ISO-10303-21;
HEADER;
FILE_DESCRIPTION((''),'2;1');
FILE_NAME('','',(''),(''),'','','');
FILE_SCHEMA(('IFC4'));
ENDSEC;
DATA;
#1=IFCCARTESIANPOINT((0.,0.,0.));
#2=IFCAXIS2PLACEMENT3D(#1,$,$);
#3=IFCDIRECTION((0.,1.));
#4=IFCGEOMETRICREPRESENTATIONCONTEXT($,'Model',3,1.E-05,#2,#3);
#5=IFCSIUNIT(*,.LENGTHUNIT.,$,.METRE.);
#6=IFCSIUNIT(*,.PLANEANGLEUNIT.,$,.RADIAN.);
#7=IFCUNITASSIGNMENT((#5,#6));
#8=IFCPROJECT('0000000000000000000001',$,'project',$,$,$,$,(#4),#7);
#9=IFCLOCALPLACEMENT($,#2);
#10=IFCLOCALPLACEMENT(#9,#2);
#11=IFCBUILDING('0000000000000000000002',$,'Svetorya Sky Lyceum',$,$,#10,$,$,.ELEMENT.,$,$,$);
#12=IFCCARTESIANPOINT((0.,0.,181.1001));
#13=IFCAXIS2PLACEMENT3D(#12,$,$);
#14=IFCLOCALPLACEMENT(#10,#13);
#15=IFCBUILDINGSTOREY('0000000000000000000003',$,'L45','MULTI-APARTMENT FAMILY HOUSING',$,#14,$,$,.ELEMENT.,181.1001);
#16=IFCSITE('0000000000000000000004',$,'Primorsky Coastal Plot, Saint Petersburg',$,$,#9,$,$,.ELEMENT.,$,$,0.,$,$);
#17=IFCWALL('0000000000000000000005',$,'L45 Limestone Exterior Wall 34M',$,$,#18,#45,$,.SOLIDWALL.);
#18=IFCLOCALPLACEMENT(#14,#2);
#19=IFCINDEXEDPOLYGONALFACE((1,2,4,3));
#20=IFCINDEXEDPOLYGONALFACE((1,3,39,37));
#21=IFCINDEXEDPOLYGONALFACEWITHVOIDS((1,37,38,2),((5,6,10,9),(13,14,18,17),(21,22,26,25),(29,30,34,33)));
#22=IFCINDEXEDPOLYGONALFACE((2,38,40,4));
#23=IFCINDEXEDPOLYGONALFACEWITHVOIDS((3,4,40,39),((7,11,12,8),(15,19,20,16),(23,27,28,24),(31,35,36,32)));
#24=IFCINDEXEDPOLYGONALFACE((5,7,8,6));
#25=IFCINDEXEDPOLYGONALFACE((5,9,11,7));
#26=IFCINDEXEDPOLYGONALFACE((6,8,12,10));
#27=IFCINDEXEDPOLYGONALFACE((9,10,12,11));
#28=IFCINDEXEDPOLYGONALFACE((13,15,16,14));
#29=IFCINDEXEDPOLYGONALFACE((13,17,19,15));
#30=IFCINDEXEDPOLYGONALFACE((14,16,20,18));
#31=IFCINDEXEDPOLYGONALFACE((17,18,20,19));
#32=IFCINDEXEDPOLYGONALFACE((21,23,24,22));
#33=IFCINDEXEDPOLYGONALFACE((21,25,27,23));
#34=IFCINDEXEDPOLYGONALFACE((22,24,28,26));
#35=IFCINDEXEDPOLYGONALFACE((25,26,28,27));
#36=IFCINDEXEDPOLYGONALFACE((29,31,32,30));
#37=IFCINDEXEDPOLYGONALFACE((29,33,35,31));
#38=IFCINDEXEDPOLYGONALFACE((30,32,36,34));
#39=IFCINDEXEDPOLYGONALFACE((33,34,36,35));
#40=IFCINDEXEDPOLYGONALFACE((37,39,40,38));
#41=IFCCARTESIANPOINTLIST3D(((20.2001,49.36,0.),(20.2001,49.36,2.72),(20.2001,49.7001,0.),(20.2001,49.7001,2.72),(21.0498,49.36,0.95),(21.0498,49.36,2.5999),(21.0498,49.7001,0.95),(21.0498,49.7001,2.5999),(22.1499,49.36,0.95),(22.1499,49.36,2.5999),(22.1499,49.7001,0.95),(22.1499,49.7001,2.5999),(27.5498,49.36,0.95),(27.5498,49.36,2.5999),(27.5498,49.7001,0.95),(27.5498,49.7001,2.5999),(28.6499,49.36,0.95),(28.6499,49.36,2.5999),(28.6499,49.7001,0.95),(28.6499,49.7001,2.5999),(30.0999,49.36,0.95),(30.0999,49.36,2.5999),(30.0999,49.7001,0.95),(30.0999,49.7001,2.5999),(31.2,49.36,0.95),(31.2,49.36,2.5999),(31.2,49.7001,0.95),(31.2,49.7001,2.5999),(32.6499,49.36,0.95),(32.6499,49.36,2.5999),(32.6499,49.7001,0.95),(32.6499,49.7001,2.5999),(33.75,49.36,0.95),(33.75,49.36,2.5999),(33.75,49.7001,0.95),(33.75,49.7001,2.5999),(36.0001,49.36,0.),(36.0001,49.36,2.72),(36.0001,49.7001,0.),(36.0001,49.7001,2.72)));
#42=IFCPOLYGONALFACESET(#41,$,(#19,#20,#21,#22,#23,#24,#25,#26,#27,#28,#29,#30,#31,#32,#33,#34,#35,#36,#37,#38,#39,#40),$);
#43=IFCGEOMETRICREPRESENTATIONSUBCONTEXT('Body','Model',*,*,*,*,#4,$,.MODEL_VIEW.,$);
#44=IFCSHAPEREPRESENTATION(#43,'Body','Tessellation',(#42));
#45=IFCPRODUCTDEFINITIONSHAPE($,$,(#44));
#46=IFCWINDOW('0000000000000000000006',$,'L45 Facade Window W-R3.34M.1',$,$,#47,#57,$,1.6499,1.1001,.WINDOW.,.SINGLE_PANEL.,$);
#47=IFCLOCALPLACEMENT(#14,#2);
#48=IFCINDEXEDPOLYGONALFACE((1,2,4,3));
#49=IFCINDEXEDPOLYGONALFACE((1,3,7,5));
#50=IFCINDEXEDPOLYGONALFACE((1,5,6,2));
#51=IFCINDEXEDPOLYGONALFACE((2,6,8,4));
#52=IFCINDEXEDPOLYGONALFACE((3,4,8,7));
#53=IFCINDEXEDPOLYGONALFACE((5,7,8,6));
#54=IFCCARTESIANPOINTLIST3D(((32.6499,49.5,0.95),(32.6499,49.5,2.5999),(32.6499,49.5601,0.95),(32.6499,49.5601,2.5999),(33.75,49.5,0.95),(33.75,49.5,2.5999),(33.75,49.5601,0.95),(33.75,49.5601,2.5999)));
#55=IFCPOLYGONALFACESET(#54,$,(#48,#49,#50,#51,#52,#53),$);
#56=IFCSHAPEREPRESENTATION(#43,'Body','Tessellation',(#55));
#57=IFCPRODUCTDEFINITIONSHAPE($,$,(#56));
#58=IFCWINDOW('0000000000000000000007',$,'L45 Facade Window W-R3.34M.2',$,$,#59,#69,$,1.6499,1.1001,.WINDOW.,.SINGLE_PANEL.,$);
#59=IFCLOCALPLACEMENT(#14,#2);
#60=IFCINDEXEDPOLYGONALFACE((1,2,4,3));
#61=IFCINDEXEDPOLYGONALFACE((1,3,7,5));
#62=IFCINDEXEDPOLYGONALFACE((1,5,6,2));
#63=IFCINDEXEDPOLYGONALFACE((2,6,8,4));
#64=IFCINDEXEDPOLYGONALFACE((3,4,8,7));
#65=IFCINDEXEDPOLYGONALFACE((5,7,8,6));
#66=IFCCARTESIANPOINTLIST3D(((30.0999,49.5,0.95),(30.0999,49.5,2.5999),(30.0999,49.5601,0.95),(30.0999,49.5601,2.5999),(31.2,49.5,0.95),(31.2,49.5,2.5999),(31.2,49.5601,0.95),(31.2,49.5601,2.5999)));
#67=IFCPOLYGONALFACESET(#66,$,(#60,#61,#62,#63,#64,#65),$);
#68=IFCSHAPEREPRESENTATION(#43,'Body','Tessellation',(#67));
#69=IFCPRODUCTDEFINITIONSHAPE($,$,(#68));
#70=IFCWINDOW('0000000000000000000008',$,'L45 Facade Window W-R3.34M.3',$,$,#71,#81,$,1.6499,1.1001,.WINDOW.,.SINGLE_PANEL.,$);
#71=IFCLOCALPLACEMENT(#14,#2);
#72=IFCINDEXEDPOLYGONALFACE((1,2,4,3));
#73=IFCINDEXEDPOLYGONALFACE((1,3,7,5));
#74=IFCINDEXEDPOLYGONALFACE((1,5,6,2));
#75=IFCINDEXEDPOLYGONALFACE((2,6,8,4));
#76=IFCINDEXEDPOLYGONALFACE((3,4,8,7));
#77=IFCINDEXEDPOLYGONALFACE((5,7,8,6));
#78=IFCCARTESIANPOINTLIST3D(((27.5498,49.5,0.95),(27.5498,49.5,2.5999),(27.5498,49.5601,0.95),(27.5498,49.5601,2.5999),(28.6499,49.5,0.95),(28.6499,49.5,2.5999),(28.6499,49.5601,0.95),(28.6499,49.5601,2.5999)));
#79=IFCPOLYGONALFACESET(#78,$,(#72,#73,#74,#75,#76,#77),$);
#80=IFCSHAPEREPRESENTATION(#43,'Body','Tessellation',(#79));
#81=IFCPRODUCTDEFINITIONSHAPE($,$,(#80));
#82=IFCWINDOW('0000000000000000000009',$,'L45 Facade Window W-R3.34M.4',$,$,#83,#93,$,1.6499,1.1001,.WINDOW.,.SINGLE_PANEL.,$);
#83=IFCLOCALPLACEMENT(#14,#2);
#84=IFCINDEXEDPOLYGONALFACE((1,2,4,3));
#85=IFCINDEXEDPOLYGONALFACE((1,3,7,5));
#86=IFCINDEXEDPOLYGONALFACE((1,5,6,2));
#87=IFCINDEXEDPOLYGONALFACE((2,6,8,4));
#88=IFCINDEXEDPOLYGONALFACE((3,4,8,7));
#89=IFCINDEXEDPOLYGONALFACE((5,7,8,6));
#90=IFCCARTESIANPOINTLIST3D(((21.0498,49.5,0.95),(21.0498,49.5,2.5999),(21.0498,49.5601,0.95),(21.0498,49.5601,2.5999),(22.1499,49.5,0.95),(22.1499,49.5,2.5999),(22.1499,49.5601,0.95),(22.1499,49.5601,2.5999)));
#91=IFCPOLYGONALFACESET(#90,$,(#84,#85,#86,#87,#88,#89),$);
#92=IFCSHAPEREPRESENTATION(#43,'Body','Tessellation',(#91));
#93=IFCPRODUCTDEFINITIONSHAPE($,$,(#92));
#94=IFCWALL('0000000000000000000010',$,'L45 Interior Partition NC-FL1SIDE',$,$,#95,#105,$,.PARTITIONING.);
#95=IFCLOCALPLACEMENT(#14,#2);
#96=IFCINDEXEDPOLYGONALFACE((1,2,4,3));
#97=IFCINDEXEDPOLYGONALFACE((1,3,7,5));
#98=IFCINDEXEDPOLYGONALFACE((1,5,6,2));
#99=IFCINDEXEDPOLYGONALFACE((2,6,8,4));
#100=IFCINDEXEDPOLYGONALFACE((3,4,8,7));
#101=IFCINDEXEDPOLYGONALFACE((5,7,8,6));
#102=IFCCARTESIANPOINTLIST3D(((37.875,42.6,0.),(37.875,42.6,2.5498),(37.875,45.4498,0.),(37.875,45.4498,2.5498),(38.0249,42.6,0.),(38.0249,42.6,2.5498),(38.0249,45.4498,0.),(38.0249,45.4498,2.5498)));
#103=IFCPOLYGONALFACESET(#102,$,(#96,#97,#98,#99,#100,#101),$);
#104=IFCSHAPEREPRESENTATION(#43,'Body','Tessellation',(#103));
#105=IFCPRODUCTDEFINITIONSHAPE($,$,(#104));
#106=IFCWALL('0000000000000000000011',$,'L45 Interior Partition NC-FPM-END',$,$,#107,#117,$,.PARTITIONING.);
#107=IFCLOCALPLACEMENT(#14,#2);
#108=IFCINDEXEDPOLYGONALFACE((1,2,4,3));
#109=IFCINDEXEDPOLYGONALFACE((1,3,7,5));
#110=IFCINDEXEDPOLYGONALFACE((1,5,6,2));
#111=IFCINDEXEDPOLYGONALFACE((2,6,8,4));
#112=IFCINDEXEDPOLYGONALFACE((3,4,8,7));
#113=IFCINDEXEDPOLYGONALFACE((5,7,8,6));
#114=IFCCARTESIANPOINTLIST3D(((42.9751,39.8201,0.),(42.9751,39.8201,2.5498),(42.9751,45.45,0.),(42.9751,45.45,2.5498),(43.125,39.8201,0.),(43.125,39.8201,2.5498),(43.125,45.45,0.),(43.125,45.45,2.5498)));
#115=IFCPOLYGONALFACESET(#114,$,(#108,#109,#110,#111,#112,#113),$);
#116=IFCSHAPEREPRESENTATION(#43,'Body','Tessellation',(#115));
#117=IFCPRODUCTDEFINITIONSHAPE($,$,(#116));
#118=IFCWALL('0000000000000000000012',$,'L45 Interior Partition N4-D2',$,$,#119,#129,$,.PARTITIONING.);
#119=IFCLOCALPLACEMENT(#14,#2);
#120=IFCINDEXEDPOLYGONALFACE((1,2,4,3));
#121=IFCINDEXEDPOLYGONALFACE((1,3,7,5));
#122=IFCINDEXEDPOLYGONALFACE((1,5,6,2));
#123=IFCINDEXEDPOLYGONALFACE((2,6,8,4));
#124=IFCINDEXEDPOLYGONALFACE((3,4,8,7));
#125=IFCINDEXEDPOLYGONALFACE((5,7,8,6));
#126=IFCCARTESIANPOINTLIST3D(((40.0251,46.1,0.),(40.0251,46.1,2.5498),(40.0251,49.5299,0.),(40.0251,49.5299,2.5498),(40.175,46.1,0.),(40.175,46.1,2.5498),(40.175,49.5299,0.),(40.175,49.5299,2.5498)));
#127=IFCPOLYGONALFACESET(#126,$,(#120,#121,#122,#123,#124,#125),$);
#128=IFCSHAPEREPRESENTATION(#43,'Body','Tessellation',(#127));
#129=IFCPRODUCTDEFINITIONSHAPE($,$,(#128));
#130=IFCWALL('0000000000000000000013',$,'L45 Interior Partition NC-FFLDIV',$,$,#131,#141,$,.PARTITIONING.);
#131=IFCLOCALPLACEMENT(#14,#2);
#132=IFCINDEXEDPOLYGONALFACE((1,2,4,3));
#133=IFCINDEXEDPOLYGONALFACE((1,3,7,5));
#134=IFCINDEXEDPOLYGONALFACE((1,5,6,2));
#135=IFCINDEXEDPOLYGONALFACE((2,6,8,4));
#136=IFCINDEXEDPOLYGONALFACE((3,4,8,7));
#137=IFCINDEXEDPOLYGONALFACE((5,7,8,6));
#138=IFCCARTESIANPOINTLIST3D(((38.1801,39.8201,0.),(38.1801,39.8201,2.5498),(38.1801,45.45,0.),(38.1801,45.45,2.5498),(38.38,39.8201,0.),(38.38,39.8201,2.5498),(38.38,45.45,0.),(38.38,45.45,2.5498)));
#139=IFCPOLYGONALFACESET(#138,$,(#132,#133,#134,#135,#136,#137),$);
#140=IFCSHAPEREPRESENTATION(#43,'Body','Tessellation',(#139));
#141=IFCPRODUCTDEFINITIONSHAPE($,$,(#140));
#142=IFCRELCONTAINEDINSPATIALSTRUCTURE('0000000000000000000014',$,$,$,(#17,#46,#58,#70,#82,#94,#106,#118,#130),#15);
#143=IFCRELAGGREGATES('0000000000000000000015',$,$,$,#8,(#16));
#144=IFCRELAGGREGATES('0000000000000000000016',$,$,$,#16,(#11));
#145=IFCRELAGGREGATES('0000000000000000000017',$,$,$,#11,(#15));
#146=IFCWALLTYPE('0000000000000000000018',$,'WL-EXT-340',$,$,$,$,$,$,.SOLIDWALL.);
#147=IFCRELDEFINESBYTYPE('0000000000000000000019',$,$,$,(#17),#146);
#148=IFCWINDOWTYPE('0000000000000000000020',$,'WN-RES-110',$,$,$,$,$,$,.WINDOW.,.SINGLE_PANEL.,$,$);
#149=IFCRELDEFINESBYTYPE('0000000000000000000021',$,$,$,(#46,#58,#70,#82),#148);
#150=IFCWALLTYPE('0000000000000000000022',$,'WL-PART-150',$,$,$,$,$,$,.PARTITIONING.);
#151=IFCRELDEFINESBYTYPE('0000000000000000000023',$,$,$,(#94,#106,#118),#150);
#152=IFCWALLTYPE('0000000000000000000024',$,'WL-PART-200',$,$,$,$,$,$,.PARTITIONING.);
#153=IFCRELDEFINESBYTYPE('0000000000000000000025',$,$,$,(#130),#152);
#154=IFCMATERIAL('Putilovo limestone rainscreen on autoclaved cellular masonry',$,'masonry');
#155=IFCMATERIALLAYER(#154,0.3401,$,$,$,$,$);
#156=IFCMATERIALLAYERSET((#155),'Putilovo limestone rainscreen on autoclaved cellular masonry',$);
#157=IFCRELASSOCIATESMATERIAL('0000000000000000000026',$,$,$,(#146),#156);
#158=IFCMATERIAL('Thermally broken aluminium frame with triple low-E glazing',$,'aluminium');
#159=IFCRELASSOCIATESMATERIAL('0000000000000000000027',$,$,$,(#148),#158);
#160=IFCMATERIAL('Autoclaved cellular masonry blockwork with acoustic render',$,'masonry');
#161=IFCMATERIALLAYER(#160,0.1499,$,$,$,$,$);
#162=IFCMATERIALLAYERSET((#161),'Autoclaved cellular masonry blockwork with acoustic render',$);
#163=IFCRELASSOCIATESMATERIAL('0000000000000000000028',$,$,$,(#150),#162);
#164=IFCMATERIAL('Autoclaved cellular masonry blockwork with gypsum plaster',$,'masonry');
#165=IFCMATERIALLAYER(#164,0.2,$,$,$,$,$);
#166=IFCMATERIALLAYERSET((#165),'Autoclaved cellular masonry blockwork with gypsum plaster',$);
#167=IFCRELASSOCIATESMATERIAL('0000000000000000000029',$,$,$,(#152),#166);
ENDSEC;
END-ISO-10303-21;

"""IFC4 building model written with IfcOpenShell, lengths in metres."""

from ifc_helpers import new_model, si_unit, direction, frame, frame_2d, origin, place, context, subcontext, project, spatial, rectangle, extrude, material, layer, layer_set, type_object, element, fill, save


model = new_model("IFC4")

# Units and contexts
model_context = context("Model", 3, precision=1e-05, world=origin(), true_north=direction((0.0, 1.0)))
body_context = subcontext(model_context, "Body", "Model", "MODEL_VIEW")
ifc_project = project(units=[si_unit("LENGTHUNIT", "METRE"), si_unit("PLANEANGLEUNIT", "RADIAN")], contexts=[model_context])

# Site, building, storey
site_placement = place(None, origin())
site = spatial("IfcSite", under=ifc_project, at=site_placement, Name="Primorsky Coastal Plot, Saint Petersburg", CompositionType="ELEMENT", RefElevation=0.0)
building_placement = place(site_placement, origin())
building = spatial("IfcBuilding", under=site, at=building_placement, Name="Svetorya Sky Lyceum", CompositionType="ELEMENT")
storey_placement = place(building_placement, frame((0.0, 0.0, 181.1001)))
storey = spatial("IfcBuildingStorey", under=building, at=storey_placement, Name="L45", Description="MULTI-APARTMENT FAMILY HOUSING", CompositionType="ELEMENT", Elevation=181.1001)

# Shared definitions
ifc_material_1 = material(Name="Putilovo limestone rainscreen on autoclaved cellular masonry", Category="masonry")
ifc_layer_1 = layer(ifc_material_1, 0.3401)
ifc_layer_set_1 = layer_set([ifc_layer_1], Name="Putilovo limestone rainscreen on autoclaved cellular masonry")
wall_type_1 = type_object("IfcWallType", Name="WL-EXT-340", PredefinedType="SOLIDWALL", material=ifc_layer_set_1)

# Wall, openings, windows
wall_1_placement = place(storey_placement, frame((36.0, 49.53, 0.0), z_axis=(0.0, 0.0, 1.0), x_axis=(-1.0, 0.0, 0.0)))
wall_1 = element("IfcWall", 1, at=wall_1_placement, inside=storey, type_object=wall_type_1, Name="L45 Limestone Exterior Wall 34M", PredefinedType="SOLIDWALL", context=body_context, shape_type="SweptSolid", body=[
    extrude(rectangle(XDim=15.8, YDim=0.3401, at=frame_2d((7.8999, 0.0))), origin(), (0.0, 0.0, 1.0), 2.72),
])
opening_1_placement = place(wall_1_placement, frame((2.25, 0.0, 0.95)))
opening_1 = element("IfcOpeningElement", 2, at=opening_1_placement, cuts=wall_1, PredefinedType="OPENING", context=body_context, shape_type="SweptSolid", body=[
    extrude(rectangle(XDim=1.1001, YDim=1.6499, at=frame_2d((0.55, 0.825))), frame((0.0, 0.1799, 0.0), z_axis=(0.0, -1.0, 0.0), x_axis=(1.0, 0.0, 0.0)), (0.0, 0.0, 1.0), 0.3601),
])
opening_2_placement = place(wall_1_placement, frame((4.8, 0.0, 0.95)))
opening_2 = element("IfcOpeningElement", 3, at=opening_2_placement, cuts=wall_1, PredefinedType="OPENING", context=body_context, shape_type="SweptSolid", body=[
    extrude(rectangle(XDim=1.1001, YDim=1.6499, at=frame_2d((0.55, 0.825))), frame((0.0, 0.1799, 0.0), z_axis=(0.0, -1.0, 0.0), x_axis=(1.0, 0.0, 0.0)), (0.0, 0.0, 1.0), 0.3601),
])
opening_3_placement = place(wall_1_placement, frame((7.3501, 0.0, 0.95)))
opening_3 = element("IfcOpeningElement", 4, at=opening_3_placement, cuts=wall_1, PredefinedType="OPENING", context=body_context, shape_type="SweptSolid", body=[
    extrude(rectangle(XDim=1.1001, YDim=1.6499, at=frame_2d((0.55, 0.825))), frame((0.0, 0.1799, 0.0), z_axis=(0.0, -1.0, 0.0), x_axis=(1.0, 0.0, 0.0)), (0.0, 0.0, 1.0), 0.3601),
])
opening_4_placement = place(wall_1_placement, frame((13.8501, 0.0, 0.95)))
opening_4 = element("IfcOpeningElement", 5, at=opening_4_placement, cuts=wall_1, PredefinedType="OPENING", context=body_context, shape_type="SweptSolid", body=[
    extrude(rectangle(XDim=1.1001, YDim=1.6499, at=frame_2d((0.55, 0.825))), frame((0.0, 0.1799, 0.0), z_axis=(0.0, -1.0, 0.0), x_axis=(1.0, 0.0, 0.0)), (0.0, 0.0, 1.0), 0.3601),
])
ifc_material_2 = material(Name="Thermally broken aluminium frame with triple low-E glazing", Category="aluminium")
window_type = type_object("IfcWindowType", Name="WN-RES-110", PartitioningType="SINGLE_PANEL", PredefinedType="WINDOW", material=ifc_material_2)
window_1_placement = place(opening_1_placement, origin())
window_1 = element("IfcWindow", 6, at=window_1_placement, inside=storey, type_object=window_type, Name="L45 Facade Window W-R3.34M.1", OverallHeight=1.6499, OverallWidth=1.1001, PartitioningType="SINGLE_PANEL", PredefinedType="WINDOW", context=body_context, shape_type="SweptSolid", body=[
    extrude(rectangle(XDim=1.1001, YDim=1.6499, at=frame_2d((0.55, 0.825))), frame((0.0, 0.03, 0.0), z_axis=(0.0, -1.0, 0.0), x_axis=(1.0, 0.0, 0.0)), (0.0, 0.0, 1.0), 0.0601),
])
fill(opening_1, window_1)
window_2_placement = place(opening_2_placement, origin())
window_2 = element("IfcWindow", 7, at=window_2_placement, inside=storey, type_object=window_type, Name="L45 Facade Window W-R3.34M.2", OverallHeight=1.6499, OverallWidth=1.1001, PartitioningType="SINGLE_PANEL", PredefinedType="WINDOW", context=body_context, shape_type="SweptSolid", body=[
    extrude(rectangle(XDim=1.1001, YDim=1.6499, at=frame_2d((0.55, 0.825))), frame((0.0, 0.03, 0.0), z_axis=(0.0, -1.0, 0.0), x_axis=(1.0, 0.0, 0.0)), (0.0, 0.0, 1.0), 0.0601),
])
fill(opening_2, window_2)
window_3_placement = place(opening_3_placement, origin())
window_3 = element("IfcWindow", 8, at=window_3_placement, inside=storey, type_object=window_type, Name="L45 Facade Window W-R3.34M.3", OverallHeight=1.6499, OverallWidth=1.1001, PartitioningType="SINGLE_PANEL", PredefinedType="WINDOW", context=body_context, shape_type="SweptSolid", body=[
    extrude(rectangle(XDim=1.1001, YDim=1.6499, at=frame_2d((0.55, 0.825))), frame((0.0, 0.03, 0.0), z_axis=(0.0, -1.0, 0.0), x_axis=(1.0, 0.0, 0.0)), (0.0, 0.0, 1.0), 0.0601),
])
fill(opening_3, window_3)
window_4_placement = place(opening_4_placement, origin())
window_4 = element("IfcWindow", 9, at=window_4_placement, inside=storey, type_object=window_type, Name="L45 Facade Window W-R3.34M.4", OverallHeight=1.6499, OverallWidth=1.1001, PartitioningType="SINGLE_PANEL", PredefinedType="WINDOW", context=body_context, shape_type="SweptSolid", body=[
    extrude(rectangle(XDim=1.1001, YDim=1.6499, at=frame_2d((0.55, 0.825))), frame((0.0, 0.03, 0.0), z_axis=(0.0, -1.0, 0.0), x_axis=(1.0, 0.0, 0.0)), (0.0, 0.0, 1.0), 0.0601),
])
fill(opening_4, window_4)

# Walls
ifc_material_3 = material(Name="Autoclaved cellular masonry blockwork with acoustic render", Category="masonry")
ifc_layer_2 = layer(ifc_material_3, 0.1499)
ifc_layer_set_2 = layer_set([ifc_layer_2], Name="Autoclaved cellular masonry blockwork with acoustic render")
wall_type_2 = type_object("IfcWallType", Name="WL-PART-150", PredefinedType="PARTITIONING", material=ifc_layer_set_2)
wall_2_placement = place(storey_placement, frame((37.95, 42.6001, 0.0), z_axis=(0.0, 0.0, 1.0), x_axis=(0.0, 1.0, 0.0)))
element("IfcWall", 10, at=wall_2_placement, inside=storey, type_object=wall_type_2, Name="L45 Interior Partition NC-FL1SIDE", PredefinedType="PARTITIONING", context=body_context, shape_type="SweptSolid", body=[
    extrude(rectangle(XDim=2.8499, YDim=0.1499, at=frame_2d((1.4248, 0.0))), origin(), (0.0, 0.0, 1.0), 2.5498),
])
wall_3_placement = place(storey_placement, frame((43.05, 39.8201, 0.0), z_axis=(0.0, 0.0, 1.0), x_axis=(0.0, 1.0, 0.0)))
element("IfcWall", 11, at=wall_3_placement, inside=storey, type_object=wall_type_2, Name="L45 Interior Partition NC-FPM-END", PredefinedType="PARTITIONING", context=body_context, shape_type="SweptSolid", body=[
    extrude(rectangle(XDim=5.6299, YDim=0.1499, at=frame_2d((2.8149, 0.0))), origin(), (0.0, 0.0, 1.0), 2.5498),
])
wall_4_placement = place(storey_placement, frame((40.1001, 46.1001, 0.0), z_axis=(0.0, 0.0, 1.0), x_axis=(0.0, 1.0, 0.0)))
element("IfcWall", 12, at=wall_4_placement, inside=storey, type_object=wall_type_2, Name="L45 Interior Partition N4-D2", PredefinedType="PARTITIONING", context=body_context, shape_type="SweptSolid", body=[
    extrude(rectangle(XDim=3.4299, YDim=0.1499, at=frame_2d((1.7148, 0.0))), origin(), (0.0, 0.0, 1.0), 2.5498),
])

# Shared definitions
ifc_material_4 = material(Name="Autoclaved cellular masonry blockwork with gypsum plaster", Category="masonry")
ifc_layer_3 = layer(ifc_material_4, 0.2)
ifc_layer_set_3 = layer_set([ifc_layer_3], Name="Autoclaved cellular masonry blockwork with gypsum plaster")
wall_type_3 = type_object("IfcWallType", Name="WL-PART-200", PredefinedType="PARTITIONING", material=ifc_layer_set_3)

# Wall
wall_5_placement = place(storey_placement, frame((38.28, 39.8201, 0.0), z_axis=(0.0, 0.0, 1.0), x_axis=(0.0, 1.0, 0.0)))
element("IfcWall", 13, at=wall_5_placement, inside=storey, type_object=wall_type_3, Name="L45 Interior Partition NC-FFLDIV", PredefinedType="PARTITIONING", context=body_context, shape_type="SweptSolid", body=[
    extrude(rectangle(XDim=5.6299, YDim=0.2, at=frame_2d((2.8149, 0.0))), origin(), (0.0, 0.0, 1.0), 2.5498),
])

save(model, "model.ifc")
